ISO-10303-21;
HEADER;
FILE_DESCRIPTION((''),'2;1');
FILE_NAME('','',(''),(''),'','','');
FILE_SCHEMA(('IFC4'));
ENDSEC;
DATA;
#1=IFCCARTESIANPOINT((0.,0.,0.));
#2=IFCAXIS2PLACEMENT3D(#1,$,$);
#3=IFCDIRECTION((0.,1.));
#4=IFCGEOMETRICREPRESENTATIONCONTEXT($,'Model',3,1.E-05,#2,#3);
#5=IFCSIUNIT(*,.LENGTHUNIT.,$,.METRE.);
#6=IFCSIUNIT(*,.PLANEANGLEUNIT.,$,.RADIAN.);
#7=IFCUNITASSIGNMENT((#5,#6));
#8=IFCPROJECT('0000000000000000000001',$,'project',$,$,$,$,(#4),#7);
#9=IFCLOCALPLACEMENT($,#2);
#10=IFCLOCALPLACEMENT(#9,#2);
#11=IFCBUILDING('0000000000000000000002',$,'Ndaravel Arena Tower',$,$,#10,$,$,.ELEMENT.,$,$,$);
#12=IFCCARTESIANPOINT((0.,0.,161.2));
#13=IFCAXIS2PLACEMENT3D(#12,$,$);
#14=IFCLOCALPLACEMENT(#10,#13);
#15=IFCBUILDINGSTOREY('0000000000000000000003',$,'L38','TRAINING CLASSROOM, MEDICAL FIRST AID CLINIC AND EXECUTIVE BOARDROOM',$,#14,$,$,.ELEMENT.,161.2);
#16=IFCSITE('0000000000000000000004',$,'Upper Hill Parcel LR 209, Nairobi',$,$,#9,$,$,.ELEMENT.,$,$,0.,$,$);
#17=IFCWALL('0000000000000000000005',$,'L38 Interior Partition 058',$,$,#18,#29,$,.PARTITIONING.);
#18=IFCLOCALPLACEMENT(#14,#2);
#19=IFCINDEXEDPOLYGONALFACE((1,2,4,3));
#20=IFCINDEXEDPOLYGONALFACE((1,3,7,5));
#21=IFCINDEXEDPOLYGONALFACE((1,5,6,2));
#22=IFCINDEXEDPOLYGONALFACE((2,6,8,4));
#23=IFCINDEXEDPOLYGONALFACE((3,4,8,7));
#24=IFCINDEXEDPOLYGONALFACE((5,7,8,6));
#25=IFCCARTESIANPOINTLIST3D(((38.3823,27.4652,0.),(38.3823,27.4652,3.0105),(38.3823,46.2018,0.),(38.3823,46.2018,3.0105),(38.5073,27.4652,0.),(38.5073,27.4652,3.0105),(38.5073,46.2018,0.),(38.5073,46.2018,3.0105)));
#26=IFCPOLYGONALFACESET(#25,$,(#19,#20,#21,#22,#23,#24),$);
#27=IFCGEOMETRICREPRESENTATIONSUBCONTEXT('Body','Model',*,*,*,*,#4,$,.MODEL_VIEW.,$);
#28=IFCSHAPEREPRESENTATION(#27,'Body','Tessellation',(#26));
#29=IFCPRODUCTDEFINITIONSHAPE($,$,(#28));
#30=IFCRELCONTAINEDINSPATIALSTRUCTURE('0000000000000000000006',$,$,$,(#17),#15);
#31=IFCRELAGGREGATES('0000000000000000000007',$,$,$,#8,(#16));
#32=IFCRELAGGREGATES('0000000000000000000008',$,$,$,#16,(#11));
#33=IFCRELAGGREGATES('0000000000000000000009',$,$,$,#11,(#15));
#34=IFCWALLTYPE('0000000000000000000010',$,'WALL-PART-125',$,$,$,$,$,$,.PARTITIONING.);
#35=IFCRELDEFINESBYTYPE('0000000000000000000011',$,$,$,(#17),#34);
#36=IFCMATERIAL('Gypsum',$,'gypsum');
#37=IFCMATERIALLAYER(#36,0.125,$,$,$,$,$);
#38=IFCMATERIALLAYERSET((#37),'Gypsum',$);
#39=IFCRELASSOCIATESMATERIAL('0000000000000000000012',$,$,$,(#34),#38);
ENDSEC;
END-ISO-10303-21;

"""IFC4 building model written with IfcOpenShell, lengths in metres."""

from ifc_helpers import new_model, si_unit, direction, frame, frame_2d, origin, place, context, subcontext, project, spatial, rectangle, extrude, material, layer, layer_set, type_object, element, save


model = new_model("IFC4")

# Units and contexts
model_context = context("Model", 3, precision=1e-05, world=origin(), true_north=direction((0.0, 1.0)))
body_context = subcontext(model_context, "Body", "Model", "MODEL_VIEW")
ifc_project = project(units=[si_unit("LENGTHUNIT", "METRE"), si_unit("PLANEANGLEUNIT", "RADIAN")], contexts=[model_context])

# Site, building, storey
site_placement = place(None, origin())
site = spatial("IfcSite", under=ifc_project, at=site_placement, Name="Upper Hill Parcel LR 209, Nairobi", CompositionType="ELEMENT", RefElevation=0.0)
building_placement = place(site_placement, origin())
building = spatial("IfcBuilding", under=site, at=building_placement, Name="Ndaravel Arena Tower", CompositionType="ELEMENT")
storey_placement = place(building_placement, frame((0.0, 0.0, 161.2)))
storey = spatial("IfcBuildingStorey", under=building, at=storey_placement, Name="L38", Description="TRAINING CLASSROOM, MEDICAL FIRST AID CLINIC AND EXECUTIVE BOARDROOM", CompositionType="ELEMENT", Elevation=161.2)

# Shared definitions
ifc_material_1 = material(Name="Gypsum", Category="gypsum")
ifc_layer_1 = layer(ifc_material_1, 0.125)
ifc_layer_set_1 = layer_set([ifc_layer_1], Name="Gypsum")
wall_type = type_object("IfcWallType", Name="WALL-PART-125", PredefinedType="PARTITIONING", material=ifc_layer_set_1)

# Wall
wall_1_placement = place(storey_placement, frame((38.4448, 46.2017, 0.0), z_axis=(0.0, 0.0, 1.0), x_axis=(0.0, -1.0, 0.0)))
element("IfcWall", 1, at=wall_1_placement, inside=storey, type_object=wall_type, Name="L38 Interior Partition 058", PredefinedType="PARTITIONING", context=body_context, shape_type="SweptSolid", body=[
    extrude(rectangle(XDim=18.7366, YDim=0.125, at=frame_2d((9.3682, 0.0))), origin(), (0.0, 0.0, 1.0), 3.0105),
])

save(model, "model.ifc")
